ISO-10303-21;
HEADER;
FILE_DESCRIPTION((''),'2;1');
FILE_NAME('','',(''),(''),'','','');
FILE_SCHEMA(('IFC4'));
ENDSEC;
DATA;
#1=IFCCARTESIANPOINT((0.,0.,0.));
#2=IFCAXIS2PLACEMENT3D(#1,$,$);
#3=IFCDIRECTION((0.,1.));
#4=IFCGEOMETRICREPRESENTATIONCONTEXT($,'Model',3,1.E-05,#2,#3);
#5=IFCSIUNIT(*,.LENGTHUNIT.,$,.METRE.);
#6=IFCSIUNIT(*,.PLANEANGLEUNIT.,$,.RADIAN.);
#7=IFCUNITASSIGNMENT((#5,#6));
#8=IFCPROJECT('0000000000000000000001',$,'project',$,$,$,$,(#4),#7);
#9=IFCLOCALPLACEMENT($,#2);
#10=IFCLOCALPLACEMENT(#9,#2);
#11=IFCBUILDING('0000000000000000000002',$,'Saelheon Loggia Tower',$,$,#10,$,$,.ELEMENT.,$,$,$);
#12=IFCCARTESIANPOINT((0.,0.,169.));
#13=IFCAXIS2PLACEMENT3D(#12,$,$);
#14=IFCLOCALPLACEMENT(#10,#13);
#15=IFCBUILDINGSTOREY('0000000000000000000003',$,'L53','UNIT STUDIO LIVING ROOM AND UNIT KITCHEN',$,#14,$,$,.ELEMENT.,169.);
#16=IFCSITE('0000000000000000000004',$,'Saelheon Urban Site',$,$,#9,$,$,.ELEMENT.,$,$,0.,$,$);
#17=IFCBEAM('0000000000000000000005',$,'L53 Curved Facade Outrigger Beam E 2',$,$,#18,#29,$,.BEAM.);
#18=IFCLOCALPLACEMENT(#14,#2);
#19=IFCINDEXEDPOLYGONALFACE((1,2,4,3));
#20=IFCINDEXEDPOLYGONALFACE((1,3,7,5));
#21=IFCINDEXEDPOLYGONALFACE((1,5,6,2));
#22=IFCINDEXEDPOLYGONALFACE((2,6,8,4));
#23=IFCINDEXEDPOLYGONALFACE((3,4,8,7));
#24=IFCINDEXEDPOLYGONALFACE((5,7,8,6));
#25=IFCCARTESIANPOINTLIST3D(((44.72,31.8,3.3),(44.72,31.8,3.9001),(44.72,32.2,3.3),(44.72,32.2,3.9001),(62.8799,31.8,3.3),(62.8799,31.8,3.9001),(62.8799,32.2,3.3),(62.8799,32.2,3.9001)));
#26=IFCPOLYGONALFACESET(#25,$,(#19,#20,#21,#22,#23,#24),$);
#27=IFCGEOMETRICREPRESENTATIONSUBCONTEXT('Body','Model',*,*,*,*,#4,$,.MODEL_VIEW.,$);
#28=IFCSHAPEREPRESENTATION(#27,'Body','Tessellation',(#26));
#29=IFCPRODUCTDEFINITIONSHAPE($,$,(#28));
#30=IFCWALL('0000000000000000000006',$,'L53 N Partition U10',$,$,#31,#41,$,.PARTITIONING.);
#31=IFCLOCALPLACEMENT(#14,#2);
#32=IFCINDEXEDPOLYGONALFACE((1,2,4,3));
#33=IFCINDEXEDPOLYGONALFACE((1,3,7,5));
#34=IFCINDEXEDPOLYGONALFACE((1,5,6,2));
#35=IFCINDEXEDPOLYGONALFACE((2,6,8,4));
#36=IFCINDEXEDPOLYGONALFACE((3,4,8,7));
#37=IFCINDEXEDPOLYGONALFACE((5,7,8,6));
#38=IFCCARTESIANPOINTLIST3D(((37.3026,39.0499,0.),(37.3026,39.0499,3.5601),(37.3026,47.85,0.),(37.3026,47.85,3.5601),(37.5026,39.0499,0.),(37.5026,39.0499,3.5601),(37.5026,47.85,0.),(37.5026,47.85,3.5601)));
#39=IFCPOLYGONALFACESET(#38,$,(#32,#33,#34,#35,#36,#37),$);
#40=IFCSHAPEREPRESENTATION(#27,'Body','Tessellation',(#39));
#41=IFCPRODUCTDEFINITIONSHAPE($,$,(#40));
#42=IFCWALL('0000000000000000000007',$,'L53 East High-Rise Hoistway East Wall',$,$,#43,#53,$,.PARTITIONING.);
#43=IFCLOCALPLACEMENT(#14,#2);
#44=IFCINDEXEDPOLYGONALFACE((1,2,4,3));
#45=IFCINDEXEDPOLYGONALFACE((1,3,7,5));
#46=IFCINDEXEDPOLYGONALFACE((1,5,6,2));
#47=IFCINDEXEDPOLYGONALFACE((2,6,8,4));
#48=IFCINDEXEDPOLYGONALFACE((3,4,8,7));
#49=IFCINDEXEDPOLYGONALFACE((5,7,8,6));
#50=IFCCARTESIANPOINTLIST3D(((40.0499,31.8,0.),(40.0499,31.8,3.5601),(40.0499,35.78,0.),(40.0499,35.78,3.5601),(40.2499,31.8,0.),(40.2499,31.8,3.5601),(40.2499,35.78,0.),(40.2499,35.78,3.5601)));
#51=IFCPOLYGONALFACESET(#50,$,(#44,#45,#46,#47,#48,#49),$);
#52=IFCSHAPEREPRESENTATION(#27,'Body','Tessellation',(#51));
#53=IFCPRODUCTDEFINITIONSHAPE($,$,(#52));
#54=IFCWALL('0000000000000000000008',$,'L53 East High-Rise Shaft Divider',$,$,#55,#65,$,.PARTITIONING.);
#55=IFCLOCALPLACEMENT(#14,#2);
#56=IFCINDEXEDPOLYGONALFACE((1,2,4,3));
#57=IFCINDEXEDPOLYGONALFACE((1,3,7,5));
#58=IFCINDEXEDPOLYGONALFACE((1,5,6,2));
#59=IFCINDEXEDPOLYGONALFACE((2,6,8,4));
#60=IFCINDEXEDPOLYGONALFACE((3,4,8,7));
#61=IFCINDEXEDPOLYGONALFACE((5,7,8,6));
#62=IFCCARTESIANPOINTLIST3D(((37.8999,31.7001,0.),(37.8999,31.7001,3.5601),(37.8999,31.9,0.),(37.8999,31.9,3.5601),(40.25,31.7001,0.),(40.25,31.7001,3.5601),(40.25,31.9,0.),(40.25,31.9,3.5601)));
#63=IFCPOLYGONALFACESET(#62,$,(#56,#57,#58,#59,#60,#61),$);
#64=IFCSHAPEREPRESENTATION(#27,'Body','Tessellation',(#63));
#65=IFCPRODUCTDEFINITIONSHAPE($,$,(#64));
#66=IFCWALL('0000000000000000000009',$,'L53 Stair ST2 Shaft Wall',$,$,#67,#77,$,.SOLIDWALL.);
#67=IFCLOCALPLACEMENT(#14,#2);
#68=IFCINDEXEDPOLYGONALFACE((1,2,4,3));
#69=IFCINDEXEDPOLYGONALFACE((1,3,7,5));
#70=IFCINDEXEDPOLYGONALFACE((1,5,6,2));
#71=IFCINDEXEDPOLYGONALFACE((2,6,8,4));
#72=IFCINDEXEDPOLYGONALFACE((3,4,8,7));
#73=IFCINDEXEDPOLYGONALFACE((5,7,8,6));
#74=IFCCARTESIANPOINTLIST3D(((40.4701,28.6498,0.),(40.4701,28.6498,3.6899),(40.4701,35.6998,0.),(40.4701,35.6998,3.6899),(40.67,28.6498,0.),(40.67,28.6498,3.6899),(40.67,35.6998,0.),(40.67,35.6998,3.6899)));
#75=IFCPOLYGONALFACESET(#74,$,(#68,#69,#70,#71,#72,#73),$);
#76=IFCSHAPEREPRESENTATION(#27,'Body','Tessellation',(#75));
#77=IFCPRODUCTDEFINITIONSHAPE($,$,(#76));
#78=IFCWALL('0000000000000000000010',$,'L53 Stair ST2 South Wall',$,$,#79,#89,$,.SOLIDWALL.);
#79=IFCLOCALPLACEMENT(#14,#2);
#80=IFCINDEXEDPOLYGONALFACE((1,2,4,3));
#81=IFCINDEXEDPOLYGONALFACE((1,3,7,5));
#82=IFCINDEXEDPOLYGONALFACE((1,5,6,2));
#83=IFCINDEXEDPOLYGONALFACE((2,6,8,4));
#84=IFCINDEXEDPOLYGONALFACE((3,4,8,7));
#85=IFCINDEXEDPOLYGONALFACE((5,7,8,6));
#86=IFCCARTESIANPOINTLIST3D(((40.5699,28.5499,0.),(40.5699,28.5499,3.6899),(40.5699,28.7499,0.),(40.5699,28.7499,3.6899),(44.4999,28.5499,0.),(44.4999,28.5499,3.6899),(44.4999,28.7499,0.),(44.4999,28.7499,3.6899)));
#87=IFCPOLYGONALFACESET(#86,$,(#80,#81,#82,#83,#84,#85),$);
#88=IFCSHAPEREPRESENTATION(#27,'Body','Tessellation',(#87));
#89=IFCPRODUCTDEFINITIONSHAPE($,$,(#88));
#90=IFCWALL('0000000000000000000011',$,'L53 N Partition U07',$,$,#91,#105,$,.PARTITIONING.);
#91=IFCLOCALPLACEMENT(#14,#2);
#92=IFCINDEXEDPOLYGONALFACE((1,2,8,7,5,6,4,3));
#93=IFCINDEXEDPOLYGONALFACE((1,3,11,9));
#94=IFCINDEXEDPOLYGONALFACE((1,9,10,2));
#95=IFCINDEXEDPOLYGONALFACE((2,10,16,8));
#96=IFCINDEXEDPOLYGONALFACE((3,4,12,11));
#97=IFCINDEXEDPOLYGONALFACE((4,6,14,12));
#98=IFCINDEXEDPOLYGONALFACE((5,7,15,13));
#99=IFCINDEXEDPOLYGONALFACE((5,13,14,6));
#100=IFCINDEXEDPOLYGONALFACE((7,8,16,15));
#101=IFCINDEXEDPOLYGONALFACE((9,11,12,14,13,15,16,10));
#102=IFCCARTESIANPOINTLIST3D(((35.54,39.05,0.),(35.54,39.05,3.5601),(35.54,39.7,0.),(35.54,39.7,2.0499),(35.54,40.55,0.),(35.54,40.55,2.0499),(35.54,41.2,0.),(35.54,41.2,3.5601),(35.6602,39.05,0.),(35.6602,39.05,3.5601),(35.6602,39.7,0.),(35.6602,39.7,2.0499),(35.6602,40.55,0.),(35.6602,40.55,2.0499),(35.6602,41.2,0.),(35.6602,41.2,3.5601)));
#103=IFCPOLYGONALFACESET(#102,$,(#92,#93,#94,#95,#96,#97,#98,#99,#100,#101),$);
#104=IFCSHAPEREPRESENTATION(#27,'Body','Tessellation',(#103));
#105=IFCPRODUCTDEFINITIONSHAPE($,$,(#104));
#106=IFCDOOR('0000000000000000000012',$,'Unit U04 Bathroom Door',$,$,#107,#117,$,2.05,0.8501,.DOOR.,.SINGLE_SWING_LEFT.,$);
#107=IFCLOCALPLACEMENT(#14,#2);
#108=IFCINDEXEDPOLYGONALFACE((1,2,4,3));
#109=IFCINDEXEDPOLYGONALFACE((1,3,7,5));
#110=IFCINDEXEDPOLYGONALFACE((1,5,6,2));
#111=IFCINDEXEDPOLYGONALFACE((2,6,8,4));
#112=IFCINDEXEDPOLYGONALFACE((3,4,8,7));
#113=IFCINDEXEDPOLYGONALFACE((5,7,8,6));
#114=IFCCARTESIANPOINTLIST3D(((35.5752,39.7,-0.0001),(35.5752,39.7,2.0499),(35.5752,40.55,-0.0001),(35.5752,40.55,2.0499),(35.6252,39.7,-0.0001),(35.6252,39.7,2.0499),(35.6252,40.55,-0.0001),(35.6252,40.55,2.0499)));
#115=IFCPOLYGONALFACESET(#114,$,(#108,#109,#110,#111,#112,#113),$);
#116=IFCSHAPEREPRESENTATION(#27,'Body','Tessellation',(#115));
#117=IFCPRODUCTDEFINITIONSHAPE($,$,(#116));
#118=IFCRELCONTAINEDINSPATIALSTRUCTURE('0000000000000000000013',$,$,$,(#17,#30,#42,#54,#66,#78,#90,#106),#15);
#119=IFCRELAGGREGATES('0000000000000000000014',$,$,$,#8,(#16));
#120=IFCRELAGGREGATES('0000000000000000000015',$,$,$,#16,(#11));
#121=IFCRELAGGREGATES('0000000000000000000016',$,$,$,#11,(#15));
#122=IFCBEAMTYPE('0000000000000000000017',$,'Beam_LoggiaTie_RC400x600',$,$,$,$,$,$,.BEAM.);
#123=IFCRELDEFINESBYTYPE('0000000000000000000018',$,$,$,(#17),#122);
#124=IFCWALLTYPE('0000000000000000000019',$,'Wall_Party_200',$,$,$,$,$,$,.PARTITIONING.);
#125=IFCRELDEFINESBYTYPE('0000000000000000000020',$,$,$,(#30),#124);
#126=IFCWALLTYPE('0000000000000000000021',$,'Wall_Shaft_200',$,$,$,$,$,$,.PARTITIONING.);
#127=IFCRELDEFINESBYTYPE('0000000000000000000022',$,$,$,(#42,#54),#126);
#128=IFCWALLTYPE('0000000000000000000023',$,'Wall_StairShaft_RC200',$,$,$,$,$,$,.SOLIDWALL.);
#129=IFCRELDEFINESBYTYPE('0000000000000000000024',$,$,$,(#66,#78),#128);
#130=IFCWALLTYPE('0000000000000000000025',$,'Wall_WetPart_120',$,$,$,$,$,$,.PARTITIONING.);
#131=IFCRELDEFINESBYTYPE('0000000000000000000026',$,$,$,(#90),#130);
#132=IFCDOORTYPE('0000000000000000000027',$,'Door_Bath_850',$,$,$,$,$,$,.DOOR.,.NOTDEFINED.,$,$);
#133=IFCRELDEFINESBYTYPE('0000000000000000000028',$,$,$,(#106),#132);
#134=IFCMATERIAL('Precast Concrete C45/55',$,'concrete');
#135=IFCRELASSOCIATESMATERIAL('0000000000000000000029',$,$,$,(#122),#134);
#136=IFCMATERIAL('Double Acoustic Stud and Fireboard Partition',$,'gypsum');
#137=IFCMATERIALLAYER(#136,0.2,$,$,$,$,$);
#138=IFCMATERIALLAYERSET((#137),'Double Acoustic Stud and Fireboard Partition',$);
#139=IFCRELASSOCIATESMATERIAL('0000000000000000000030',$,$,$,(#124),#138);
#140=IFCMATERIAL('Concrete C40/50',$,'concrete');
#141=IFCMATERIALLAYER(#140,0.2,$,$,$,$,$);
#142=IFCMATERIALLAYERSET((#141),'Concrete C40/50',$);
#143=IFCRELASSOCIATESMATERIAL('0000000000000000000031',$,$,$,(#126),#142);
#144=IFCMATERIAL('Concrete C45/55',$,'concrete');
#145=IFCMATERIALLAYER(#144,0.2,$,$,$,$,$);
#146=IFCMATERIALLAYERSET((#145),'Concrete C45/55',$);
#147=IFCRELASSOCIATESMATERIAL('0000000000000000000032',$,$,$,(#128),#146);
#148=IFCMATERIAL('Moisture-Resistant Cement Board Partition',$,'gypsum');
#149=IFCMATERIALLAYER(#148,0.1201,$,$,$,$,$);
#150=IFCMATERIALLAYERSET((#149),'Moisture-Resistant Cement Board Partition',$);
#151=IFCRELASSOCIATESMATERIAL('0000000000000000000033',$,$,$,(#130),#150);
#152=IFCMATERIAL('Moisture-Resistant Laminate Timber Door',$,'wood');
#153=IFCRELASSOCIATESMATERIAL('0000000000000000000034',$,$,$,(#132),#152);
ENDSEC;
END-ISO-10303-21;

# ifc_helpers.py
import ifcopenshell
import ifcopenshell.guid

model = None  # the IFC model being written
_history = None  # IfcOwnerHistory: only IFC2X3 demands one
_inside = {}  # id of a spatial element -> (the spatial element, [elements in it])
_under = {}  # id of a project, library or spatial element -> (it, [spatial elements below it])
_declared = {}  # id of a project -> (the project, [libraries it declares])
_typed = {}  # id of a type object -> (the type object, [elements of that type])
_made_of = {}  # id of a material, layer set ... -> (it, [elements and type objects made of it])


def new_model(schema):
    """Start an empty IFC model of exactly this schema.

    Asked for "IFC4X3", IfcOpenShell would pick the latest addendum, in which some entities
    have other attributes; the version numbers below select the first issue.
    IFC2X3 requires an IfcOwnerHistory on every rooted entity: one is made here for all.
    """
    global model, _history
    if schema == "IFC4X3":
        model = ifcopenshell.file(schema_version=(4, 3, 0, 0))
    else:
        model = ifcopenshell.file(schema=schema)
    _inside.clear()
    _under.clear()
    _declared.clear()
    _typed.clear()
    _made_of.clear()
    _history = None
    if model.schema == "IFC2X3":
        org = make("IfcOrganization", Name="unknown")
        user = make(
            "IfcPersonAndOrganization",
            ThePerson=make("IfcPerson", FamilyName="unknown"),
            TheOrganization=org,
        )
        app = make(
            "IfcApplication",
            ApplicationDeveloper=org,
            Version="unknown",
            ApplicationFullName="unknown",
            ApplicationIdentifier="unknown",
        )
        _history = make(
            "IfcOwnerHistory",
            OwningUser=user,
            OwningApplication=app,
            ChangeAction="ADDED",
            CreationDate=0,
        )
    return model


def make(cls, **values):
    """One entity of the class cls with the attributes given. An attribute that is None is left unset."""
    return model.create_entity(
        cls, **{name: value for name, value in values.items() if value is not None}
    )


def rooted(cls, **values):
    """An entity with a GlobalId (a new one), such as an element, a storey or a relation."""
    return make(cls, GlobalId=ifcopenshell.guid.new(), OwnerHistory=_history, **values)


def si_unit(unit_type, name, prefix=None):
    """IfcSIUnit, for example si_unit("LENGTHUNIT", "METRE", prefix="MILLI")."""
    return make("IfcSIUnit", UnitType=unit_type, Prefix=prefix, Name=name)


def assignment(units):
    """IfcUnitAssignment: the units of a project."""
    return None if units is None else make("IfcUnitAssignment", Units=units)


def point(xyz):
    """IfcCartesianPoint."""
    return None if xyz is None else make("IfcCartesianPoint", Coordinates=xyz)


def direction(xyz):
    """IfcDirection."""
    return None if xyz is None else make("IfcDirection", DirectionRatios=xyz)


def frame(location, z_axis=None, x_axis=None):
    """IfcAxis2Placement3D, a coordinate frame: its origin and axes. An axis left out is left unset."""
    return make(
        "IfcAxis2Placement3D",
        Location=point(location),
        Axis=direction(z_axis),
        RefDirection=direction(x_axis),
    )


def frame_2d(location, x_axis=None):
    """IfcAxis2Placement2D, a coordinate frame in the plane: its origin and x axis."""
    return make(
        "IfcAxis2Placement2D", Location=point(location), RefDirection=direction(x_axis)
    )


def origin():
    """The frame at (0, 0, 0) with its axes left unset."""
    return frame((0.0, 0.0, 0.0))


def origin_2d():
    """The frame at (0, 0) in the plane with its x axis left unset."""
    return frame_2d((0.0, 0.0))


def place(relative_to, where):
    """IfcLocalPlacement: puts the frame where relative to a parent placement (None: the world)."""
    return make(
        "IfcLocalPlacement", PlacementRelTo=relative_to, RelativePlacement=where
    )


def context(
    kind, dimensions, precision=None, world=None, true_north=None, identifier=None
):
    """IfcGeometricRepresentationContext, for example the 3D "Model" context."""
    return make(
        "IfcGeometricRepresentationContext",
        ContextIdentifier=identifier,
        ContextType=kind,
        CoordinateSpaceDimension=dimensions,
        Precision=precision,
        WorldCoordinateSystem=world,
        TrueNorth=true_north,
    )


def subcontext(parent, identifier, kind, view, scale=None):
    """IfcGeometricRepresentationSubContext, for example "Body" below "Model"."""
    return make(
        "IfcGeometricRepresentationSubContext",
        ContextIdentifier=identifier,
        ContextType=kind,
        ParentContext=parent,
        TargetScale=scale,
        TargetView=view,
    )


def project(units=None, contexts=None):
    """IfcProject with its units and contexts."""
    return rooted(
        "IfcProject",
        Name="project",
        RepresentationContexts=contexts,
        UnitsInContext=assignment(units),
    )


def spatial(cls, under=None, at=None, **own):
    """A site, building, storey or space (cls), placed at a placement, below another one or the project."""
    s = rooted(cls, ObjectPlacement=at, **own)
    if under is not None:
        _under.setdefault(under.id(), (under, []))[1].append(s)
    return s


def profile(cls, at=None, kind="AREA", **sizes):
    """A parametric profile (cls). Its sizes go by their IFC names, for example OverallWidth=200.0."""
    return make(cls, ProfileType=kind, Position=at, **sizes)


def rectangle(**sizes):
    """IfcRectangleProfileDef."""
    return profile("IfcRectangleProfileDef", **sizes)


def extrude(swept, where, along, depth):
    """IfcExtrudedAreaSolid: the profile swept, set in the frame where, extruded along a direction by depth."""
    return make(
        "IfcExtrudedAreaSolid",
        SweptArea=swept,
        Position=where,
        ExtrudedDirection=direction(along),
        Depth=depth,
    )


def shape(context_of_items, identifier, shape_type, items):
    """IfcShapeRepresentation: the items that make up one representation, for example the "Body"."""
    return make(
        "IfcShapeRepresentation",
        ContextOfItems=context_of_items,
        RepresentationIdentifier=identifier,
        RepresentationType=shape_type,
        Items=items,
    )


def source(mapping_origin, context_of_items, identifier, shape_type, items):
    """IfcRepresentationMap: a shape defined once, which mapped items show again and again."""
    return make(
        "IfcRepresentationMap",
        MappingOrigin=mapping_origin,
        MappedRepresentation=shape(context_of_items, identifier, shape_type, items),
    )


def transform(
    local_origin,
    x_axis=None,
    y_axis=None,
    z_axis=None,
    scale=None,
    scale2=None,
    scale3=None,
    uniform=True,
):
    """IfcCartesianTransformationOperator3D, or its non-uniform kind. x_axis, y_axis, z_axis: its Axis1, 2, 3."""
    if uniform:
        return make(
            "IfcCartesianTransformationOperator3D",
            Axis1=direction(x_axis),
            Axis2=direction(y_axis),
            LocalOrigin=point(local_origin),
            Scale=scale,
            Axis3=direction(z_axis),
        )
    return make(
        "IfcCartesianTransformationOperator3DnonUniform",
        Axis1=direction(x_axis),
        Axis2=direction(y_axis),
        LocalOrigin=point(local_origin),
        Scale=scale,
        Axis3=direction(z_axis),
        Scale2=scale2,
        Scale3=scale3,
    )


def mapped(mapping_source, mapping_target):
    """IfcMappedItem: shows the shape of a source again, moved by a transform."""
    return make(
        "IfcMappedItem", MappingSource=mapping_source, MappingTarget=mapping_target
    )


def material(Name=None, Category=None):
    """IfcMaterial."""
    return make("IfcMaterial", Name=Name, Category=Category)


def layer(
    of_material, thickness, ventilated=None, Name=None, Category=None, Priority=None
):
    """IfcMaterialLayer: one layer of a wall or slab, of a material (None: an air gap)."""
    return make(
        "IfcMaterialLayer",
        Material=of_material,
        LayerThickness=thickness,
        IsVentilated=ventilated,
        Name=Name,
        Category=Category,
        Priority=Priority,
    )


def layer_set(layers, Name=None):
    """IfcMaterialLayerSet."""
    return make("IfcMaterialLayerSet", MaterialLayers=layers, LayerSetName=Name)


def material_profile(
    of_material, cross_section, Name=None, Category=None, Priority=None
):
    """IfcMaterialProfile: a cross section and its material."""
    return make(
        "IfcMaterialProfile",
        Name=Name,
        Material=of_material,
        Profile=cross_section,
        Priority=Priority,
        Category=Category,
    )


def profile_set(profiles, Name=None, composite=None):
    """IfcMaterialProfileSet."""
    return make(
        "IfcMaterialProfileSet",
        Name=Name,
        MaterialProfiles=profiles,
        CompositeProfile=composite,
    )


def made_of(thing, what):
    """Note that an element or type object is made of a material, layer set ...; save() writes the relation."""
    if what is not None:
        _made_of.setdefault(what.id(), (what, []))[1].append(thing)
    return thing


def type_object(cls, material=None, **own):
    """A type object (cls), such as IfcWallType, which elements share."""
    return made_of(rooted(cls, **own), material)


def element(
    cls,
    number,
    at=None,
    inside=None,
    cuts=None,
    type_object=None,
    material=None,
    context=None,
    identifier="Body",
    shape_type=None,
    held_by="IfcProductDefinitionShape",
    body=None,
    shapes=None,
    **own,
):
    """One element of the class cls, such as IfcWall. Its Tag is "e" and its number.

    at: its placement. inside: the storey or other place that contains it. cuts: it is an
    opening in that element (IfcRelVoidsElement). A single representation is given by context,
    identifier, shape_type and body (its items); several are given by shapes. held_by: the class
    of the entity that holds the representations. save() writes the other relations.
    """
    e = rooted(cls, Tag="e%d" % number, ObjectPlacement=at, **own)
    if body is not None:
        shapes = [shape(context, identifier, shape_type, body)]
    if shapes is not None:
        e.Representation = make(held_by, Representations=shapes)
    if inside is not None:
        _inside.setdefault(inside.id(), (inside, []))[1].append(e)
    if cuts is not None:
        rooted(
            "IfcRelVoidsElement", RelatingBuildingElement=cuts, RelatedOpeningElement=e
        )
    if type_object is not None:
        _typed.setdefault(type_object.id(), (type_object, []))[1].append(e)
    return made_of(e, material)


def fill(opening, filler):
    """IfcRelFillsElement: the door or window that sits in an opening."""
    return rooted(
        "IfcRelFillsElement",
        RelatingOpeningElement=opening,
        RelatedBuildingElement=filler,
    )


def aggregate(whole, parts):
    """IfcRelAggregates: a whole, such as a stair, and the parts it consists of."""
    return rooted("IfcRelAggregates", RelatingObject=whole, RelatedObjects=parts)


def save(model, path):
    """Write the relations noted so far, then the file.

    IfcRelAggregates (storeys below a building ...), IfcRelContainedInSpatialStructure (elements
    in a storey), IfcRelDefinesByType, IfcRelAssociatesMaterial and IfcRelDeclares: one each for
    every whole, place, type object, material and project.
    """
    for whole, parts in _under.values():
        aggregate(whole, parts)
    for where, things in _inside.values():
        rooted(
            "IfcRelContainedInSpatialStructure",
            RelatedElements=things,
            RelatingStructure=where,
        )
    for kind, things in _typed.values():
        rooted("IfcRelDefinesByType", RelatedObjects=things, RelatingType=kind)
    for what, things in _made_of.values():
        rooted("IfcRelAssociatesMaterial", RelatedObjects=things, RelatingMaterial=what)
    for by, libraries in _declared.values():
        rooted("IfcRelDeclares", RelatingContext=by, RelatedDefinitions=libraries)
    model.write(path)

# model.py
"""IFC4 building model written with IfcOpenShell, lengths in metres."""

from ifc_helpers import new_model, si_unit, direction, frame, frame_2d, origin, origin_2d, place, context, subcontext, project, spatial, rectangle, extrude, source, transform, mapped, material, layer, layer_set, material_profile, profile_set, type_object, element, fill, save


model = new_model("IFC4")

# Units and contexts
model_context = context("Model", 3, precision=1e-05, world=origin(), true_north=direction((0.0, 1.0)))
body_context = subcontext(model_context, "Body", "Model", "MODEL_VIEW")
ifc_project = project(units=[si_unit("LENGTHUNIT", "METRE"), si_unit("PLANEANGLEUNIT", "RADIAN")], contexts=[model_context])

# Site, building, storey
site_placement = place(None, origin())
site = spatial("IfcSite", under=ifc_project, at=site_placement, Name="Saelheon Urban Site", CompositionType="ELEMENT", RefElevation=0.0)
building_placement = place(site_placement, origin())
building = spatial("IfcBuilding", under=site, at=building_placement, Name="Saelheon Loggia Tower", CompositionType="ELEMENT")
storey_placement = place(building_placement, frame((0.0, 0.0, 169.0)))
storey = spatial("IfcBuildingStorey", under=building, at=storey_placement, Name="L53", Description="UNIT STUDIO LIVING ROOM AND UNIT KITCHEN", CompositionType="ELEMENT", Elevation=169.0)

# Beam
ifc_material_1 = material(Name="Precast Concrete C45/55", Category="concrete")
ifc_material_profile = material_profile(ifc_material_1, rectangle(XDim=0.3999, YDim=0.6001, at=origin_2d()), Name="RC-400x600")
ifc_profile_set = profile_set([ifc_material_profile], Name="Precast Concrete C45/55")
beam_type = type_object("IfcBeamType", Name="Beam_LoggiaTie_RC400x600", PredefinedType="BEAM", material=ifc_profile_set)
shared_shape_1 = source(origin(), body_context, "Body", "SweptSolid", [
    extrude(rectangle(XDim=0.3999, YDim=0.6001, at=origin_2d()), origin(), (0.0, 0.0, 1.0), 18.1599),
])
beam_placement = place(storey_placement, frame((44.72, 32.0, 3.6001), z_axis=(1.0, 0.0, 0.0), x_axis=(0.0, 1.0, 0.0)))
element("IfcBeam", 1, at=beam_placement, inside=storey, type_object=beam_type, Name="L53 Curved Facade Outrigger Beam E 2", PredefinedType="BEAM", context=body_context, shape_type="MappedRepresentation", body=[
    mapped(shared_shape_1, transform((0.0, 0.0, 0.0), scale=1.0)),
])

# Shared definitions
ifc_material_2 = material(Name="Double Acoustic Stud and Fireboard Partition", Category="gypsum")
ifc_layer_1 = layer(ifc_material_2, 0.2)
ifc_layer_set_1 = layer_set([ifc_layer_1], Name="Double Acoustic Stud and Fireboard Partition")
wall_type_1 = type_object("IfcWallType", Name="Wall_Party_200", PredefinedType="PARTITIONING", material=ifc_layer_set_1)

# Wall
wall_1_placement = place(storey_placement, frame((37.4026, 39.05, 0.0), z_axis=(0.0, 0.0, 1.0), x_axis=(0.0, 1.0, 0.0)))
element("IfcWall", 2, at=wall_1_placement, inside=storey, type_object=wall_type_1, Name="L53 N Partition U10", PredefinedType="PARTITIONING", context=body_context, shape_type="SweptSolid", body=[
    extrude(rectangle(XDim=8.8, YDim=0.2, at=frame_2d((4.3999, 0.0))), origin(), (0.0, 0.0, 1.0), 3.5601),
])

# Walls
ifc_material_3 = material(Name="Concrete C40/50", Category="concrete")
ifc_layer_2 = layer(ifc_material_3, 0.2)
ifc_layer_set_2 = layer_set([ifc_layer_2], Name="Concrete C40/50")
wall_type_2 = type_object("IfcWallType", Name="Wall_Shaft_200", PredefinedType="PARTITIONING", material=ifc_layer_set_2)
wall_2_placement = place(storey_placement, frame((40.1499, 31.8, 0.0), z_axis=(0.0, 0.0, 1.0), x_axis=(0.0, 1.0, 0.0)))
element("IfcWall", 3, at=wall_2_placement, inside=storey, type_object=wall_type_2, Name="L53 East High-Rise Hoistway East Wall", PredefinedType="PARTITIONING", context=body_context, shape_type="SweptSolid", body=[
    extrude(rectangle(XDim=3.98, YDim=0.2, at=frame_2d((1.99, 0.0))), origin(), (0.0, 0.0, 1.0), 3.5601),
])
wall_3_placement = place(storey_placement, frame((37.8999, 31.8, 0.0), z_axis=(0.0, 0.0, 1.0), x_axis=(1.0, 0.0, 0.0)))
element("IfcWall", 4, at=wall_3_placement, inside=storey, type_object=wall_type_2, Name="L53 East High-Rise Shaft Divider", PredefinedType="PARTITIONING", context=body_context, shape_type="SweptSolid", body=[
    extrude(rectangle(XDim=2.3501, YDim=0.2, at=frame_2d((1.175, 0.0))), origin(), (0.0, 0.0, 1.0), 3.5601),
])
ifc_material_4 = material(Name="Concrete C45/55", Category="concrete")
ifc_layer_3 = layer(ifc_material_4, 0.2)
ifc_layer_set_3 = layer_set([ifc_layer_3], Name="Concrete C45/55")
wall_type_3 = type_object("IfcWallType", Name="Wall_StairShaft_RC200", PredefinedType="SOLIDWALL", material=ifc_layer_set_3)
wall_4_placement = place(storey_placement, frame((40.5701, 28.6499, 0.0), z_axis=(0.0, 0.0, 1.0), x_axis=(0.0, 1.0, 0.0)))
element("IfcWall", 5, at=wall_4_placement, inside=storey, type_object=wall_type_3, Name="L53 Stair ST2 Shaft Wall", PredefinedType="SOLIDWALL", context=body_context, shape_type="SweptSolid", body=[
    extrude(rectangle(XDim=7.05, YDim=0.2, at=frame_2d((3.5249, 0.0))), origin(), (0.0, 0.0, 1.0), 3.6899),
])
wall_5_placement = place(storey_placement, frame((40.5701, 28.6499, 0.0), z_axis=(0.0, 0.0, 1.0), x_axis=(1.0, 0.0, 0.0)))
element("IfcWall", 6, at=wall_5_placement, inside=storey, type_object=wall_type_3, Name="L53 Stair ST2 South Wall", PredefinedType="SOLIDWALL", context=body_context, shape_type="SweptSolid", body=[
    extrude(rectangle(XDim=3.9299, YDim=0.2, at=frame_2d((1.9648, 0.0))), origin(), (0.0, 0.0, 1.0), 3.6899),
])

# Wall, opening, door
ifc_material_5 = material(Name="Moisture-Resistant Cement Board Partition", Category="gypsum")
ifc_layer_4 = layer(ifc_material_5, 0.1201)
ifc_layer_set_4 = layer_set([ifc_layer_4], Name="Moisture-Resistant Cement Board Partition")
wall_type_4 = type_object("IfcWallType", Name="Wall_WetPart_120", PredefinedType="PARTITIONING", material=ifc_layer_set_4)
wall_6_placement = place(storey_placement, frame((35.6001, 39.05, 0.0), z_axis=(0.0, 0.0, 1.0), x_axis=(0.0, 1.0, 0.0)))
wall_6 = element("IfcWall", 7, at=wall_6_placement, inside=storey, type_object=wall_type_4, Name="L53 N Partition U07", PredefinedType="PARTITIONING", context=body_context, shape_type="SweptSolid", body=[
    extrude(rectangle(XDim=2.1499, YDim=0.1201, at=frame_2d((1.075, 0.0))), origin(), (0.0, 0.0, 1.0), 3.5601),
])
opening_1_placement = place(wall_6_placement, frame((0.6499, 0.0, 0.0)))
opening_1 = element("IfcOpeningElement", 8, at=opening_1_placement, cuts=wall_6, PredefinedType="OPENING", context=body_context, shape_type="SweptSolid", body=[
    extrude(rectangle(XDim=0.8501, YDim=2.05, at=frame_2d((0.425, 1.0249))), frame((0.0, 0.072, 0.0), z_axis=(0.0, -1.0, 0.0), x_axis=(1.0, 0.0, 0.0)), (0.0, 0.0, 1.0), 0.144),
])
ifc_material_6 = material(Name="Moisture-Resistant Laminate Timber Door", Category="wood")
door_type_1 = type_object("IfcDoorType", Name="Door_Bath_850", OperationType="NOTDEFINED", PredefinedType="DOOR", material=ifc_material_6)
shared_shape_2 = source(origin(), body_context, "Body", "SweptSolid", [
    extrude(rectangle(XDim=0.8501, YDim=2.05, at=frame_2d((0.425, 1.0249))), frame((0.0, 0.0249, 0.0), z_axis=(0.0, -1.0, 0.0), x_axis=(1.0, 0.0, 0.0)), (0.0, 0.0, 1.0), 0.05),
])
door_1_placement = place(opening_1_placement, origin())
door_1 = element("IfcDoor", 9, at=door_1_placement, inside=storey, type_object=door_type_1, Name="Unit U04 Bathroom Door", OperationType="SINGLE_SWING_LEFT", OverallHeight=2.05, OverallWidth=0.8501, PredefinedType="DOOR", context=body_context, shape_type="MappedRepresentation", body=[
    mapped(shared_shape_2, transform((0.0, 0.0, 0.0), scale=1.0)),
])
fill(opening_1, door_1)

save(model, "model.ifc")
